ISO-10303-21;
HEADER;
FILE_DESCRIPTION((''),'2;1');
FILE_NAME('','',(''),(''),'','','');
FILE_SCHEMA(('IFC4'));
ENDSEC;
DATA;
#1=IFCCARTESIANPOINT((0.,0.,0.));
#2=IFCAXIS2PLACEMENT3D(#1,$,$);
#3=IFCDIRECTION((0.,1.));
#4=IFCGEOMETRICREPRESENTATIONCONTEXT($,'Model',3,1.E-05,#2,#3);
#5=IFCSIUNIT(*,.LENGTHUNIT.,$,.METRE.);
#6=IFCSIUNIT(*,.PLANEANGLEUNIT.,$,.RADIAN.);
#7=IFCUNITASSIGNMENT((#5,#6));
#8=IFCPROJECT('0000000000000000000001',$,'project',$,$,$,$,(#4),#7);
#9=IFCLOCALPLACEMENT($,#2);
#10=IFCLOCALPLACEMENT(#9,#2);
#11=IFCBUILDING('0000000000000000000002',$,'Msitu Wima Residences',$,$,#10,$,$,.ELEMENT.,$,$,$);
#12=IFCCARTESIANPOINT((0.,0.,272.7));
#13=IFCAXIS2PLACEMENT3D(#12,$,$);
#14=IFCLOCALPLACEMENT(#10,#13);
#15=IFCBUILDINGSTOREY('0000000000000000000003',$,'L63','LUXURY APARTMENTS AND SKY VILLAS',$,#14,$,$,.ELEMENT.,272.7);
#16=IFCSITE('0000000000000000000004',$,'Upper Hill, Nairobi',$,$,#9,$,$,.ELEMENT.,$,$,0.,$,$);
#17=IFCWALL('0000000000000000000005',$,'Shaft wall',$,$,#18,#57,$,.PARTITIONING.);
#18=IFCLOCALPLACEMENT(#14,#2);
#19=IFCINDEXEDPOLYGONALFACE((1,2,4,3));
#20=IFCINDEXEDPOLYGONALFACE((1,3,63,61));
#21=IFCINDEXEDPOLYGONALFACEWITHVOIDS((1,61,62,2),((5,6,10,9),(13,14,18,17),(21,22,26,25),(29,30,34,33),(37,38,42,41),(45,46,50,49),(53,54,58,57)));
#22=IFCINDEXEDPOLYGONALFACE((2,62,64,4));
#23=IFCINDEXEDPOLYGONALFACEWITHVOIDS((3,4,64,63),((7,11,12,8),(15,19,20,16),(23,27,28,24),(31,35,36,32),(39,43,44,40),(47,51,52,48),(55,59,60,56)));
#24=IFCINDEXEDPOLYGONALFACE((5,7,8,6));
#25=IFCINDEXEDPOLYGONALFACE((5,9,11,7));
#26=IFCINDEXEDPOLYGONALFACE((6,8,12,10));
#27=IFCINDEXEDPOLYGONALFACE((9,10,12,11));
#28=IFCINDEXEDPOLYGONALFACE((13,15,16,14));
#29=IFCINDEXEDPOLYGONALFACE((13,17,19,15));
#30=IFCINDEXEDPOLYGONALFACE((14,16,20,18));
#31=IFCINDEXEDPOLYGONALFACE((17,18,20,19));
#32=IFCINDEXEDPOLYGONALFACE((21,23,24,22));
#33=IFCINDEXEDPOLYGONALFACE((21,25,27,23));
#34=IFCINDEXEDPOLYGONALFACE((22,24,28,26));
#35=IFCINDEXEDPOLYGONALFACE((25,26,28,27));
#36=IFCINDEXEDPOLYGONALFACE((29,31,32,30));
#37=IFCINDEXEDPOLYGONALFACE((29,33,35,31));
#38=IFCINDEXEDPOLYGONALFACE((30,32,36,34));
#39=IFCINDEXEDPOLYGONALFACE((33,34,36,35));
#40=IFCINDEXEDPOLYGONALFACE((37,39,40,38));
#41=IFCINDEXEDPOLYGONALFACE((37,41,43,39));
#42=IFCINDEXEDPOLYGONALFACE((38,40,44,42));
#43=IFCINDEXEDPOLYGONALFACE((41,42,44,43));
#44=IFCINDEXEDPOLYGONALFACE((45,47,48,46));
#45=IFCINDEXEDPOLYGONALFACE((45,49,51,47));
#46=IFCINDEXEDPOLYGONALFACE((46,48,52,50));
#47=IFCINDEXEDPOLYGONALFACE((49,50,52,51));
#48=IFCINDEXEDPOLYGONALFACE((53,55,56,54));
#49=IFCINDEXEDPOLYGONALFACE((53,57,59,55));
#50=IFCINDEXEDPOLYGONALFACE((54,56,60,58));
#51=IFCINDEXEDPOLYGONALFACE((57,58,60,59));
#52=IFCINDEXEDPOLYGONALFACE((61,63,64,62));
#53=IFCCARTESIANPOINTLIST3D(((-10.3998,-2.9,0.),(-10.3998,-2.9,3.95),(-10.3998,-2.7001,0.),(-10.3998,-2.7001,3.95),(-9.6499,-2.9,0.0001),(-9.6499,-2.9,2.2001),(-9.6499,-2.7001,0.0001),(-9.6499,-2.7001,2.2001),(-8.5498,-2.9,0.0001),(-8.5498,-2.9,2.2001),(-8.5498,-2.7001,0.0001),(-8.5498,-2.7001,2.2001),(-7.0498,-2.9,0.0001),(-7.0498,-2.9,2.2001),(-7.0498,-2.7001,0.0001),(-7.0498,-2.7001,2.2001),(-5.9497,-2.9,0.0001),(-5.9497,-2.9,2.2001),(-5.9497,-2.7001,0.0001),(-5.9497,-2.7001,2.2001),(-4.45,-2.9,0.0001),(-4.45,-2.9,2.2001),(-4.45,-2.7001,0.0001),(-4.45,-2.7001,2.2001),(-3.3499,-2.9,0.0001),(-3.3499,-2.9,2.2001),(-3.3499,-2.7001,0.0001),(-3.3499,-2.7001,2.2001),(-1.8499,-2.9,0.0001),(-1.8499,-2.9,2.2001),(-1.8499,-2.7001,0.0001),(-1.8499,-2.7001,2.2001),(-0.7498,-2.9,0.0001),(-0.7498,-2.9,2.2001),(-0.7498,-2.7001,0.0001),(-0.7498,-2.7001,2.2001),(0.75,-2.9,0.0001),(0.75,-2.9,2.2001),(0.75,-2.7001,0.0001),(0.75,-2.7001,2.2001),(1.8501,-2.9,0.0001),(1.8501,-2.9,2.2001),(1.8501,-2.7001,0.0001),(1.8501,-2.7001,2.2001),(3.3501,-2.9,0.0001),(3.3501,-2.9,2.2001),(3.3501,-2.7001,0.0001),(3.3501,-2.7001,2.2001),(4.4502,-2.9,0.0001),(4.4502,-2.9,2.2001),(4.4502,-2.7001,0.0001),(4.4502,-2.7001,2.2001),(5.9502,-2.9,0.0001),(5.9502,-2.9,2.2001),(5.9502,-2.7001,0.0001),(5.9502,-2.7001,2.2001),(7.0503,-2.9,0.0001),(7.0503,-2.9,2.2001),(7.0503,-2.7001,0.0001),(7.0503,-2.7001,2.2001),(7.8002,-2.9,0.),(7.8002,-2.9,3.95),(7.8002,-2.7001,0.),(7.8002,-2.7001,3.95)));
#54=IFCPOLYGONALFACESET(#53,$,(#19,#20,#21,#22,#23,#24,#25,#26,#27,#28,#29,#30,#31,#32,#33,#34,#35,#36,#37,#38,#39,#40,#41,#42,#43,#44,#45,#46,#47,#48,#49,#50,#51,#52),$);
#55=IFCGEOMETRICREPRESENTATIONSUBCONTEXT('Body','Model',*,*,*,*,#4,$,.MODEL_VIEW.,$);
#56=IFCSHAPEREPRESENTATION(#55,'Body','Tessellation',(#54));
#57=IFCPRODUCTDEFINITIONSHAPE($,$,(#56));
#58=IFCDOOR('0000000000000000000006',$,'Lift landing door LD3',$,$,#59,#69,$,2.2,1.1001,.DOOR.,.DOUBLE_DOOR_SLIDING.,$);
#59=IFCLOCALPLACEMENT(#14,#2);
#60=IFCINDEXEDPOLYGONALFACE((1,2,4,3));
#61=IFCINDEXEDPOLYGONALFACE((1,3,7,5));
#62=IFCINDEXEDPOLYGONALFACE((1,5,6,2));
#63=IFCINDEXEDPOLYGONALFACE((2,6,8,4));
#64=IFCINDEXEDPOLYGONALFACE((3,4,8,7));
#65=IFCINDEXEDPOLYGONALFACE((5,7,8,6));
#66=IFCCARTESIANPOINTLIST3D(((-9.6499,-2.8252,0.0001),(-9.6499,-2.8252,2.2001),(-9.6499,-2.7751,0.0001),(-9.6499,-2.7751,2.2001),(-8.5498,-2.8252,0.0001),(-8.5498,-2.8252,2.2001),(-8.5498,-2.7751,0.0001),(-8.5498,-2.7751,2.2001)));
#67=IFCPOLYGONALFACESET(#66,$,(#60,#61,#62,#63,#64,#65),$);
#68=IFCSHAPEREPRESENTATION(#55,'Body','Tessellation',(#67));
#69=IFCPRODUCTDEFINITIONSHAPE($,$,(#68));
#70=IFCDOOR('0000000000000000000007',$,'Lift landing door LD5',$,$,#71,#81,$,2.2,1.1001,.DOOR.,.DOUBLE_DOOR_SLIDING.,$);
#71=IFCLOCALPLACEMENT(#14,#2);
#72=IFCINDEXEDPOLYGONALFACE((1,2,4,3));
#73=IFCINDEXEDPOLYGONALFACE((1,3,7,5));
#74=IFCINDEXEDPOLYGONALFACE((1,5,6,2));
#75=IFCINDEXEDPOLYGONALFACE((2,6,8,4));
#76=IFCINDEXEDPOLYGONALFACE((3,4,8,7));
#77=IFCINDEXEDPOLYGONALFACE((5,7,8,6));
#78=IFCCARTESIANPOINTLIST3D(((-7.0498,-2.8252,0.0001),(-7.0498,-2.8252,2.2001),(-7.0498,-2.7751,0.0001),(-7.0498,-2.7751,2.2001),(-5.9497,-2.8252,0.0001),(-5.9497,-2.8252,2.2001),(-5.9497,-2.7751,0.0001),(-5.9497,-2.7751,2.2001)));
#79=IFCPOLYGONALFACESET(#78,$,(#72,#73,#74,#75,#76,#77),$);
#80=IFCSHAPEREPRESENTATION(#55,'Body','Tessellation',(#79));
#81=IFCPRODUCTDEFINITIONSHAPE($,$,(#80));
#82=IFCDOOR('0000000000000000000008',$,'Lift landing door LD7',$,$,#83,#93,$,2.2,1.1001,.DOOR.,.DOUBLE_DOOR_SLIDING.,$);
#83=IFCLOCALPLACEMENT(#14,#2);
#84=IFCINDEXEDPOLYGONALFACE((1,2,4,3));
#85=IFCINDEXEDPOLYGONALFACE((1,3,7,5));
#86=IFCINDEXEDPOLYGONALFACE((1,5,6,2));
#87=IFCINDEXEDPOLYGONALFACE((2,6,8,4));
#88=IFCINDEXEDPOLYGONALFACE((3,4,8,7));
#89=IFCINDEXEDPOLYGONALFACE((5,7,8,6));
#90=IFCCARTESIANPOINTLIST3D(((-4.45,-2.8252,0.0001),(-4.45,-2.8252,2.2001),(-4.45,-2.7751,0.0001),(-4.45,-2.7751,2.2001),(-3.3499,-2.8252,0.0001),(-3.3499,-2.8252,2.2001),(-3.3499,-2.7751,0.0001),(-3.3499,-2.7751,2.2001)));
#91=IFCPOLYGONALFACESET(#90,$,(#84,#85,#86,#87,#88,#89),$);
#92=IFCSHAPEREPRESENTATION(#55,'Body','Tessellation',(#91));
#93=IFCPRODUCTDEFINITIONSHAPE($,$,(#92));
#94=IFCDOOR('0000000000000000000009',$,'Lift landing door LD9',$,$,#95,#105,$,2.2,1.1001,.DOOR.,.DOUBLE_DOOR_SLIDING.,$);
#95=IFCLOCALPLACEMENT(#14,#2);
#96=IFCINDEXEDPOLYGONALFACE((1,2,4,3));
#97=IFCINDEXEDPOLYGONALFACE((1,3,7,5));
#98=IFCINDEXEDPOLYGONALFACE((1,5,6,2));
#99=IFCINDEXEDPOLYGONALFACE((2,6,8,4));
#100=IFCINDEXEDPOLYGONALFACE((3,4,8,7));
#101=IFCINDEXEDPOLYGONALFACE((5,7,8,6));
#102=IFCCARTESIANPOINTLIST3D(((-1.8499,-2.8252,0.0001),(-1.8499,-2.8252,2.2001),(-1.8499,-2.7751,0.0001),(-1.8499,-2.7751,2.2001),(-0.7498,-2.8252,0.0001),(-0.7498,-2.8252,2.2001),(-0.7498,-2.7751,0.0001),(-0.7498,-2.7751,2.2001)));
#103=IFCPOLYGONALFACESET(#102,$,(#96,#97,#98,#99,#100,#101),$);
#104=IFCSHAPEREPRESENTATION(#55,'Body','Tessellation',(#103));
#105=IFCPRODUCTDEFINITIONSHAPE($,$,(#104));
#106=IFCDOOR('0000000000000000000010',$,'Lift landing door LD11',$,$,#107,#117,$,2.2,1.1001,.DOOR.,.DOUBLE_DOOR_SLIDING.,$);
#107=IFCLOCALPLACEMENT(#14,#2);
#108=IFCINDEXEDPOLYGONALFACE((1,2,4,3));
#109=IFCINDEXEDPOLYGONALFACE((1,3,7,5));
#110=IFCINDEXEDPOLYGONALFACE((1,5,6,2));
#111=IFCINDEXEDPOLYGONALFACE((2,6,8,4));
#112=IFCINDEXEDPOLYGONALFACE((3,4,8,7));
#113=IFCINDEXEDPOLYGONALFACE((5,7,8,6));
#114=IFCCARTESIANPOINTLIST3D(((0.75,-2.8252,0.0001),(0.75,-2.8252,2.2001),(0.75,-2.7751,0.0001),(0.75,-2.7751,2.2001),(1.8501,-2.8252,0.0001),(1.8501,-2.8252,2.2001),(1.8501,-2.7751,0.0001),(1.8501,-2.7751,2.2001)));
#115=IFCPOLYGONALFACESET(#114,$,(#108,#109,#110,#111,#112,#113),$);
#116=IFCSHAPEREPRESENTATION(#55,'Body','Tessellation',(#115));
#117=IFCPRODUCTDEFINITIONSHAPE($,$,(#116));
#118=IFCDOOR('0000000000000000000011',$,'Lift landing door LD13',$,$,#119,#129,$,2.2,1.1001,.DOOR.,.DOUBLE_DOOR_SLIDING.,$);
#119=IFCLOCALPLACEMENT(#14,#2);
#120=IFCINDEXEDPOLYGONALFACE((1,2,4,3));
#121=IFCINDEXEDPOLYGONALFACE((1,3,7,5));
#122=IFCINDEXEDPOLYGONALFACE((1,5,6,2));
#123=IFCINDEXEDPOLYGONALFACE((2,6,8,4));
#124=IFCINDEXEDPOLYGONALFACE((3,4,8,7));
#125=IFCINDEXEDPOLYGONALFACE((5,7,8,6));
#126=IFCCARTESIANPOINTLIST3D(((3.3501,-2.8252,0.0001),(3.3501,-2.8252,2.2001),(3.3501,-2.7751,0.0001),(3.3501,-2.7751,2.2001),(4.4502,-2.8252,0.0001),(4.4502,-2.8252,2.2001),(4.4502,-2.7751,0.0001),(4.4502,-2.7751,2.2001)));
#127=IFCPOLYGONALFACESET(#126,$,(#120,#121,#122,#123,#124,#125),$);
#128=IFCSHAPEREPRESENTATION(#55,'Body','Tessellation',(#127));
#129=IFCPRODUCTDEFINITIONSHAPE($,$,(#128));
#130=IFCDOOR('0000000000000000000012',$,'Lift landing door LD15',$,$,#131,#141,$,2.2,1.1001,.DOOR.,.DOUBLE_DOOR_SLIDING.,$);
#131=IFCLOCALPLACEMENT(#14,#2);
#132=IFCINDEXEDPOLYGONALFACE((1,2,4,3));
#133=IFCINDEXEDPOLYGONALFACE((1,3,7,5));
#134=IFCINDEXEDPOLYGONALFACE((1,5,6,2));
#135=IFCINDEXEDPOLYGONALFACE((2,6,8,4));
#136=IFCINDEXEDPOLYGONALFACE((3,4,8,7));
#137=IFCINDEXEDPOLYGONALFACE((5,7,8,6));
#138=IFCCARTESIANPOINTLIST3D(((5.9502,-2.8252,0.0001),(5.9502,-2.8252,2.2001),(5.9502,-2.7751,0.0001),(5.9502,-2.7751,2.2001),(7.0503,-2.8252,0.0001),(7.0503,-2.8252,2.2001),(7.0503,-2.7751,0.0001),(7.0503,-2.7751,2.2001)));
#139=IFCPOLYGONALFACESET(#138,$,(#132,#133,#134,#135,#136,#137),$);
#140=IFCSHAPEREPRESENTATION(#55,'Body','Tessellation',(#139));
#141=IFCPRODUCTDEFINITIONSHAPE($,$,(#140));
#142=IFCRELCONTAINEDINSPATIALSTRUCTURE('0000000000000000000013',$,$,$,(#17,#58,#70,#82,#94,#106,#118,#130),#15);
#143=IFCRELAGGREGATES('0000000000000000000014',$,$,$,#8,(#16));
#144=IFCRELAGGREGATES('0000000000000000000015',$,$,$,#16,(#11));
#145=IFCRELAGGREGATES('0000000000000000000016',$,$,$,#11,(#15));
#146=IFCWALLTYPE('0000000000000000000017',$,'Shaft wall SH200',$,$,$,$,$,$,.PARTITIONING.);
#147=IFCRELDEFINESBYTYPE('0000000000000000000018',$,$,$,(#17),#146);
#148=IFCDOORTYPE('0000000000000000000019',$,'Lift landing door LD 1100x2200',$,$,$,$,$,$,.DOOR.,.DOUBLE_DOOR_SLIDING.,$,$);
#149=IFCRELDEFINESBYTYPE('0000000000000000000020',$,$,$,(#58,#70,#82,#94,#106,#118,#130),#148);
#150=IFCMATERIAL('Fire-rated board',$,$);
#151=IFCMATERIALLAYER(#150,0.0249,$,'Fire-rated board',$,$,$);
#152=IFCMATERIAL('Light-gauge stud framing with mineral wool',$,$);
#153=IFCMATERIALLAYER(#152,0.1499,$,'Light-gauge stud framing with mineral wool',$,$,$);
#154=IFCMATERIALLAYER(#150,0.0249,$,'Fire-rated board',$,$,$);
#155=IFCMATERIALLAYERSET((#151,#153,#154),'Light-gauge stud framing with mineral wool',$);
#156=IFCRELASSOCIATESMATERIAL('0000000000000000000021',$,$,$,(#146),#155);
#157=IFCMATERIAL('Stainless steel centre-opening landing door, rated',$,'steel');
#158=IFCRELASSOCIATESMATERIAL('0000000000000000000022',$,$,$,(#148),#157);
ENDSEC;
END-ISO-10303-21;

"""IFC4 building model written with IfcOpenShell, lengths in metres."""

from ifc_helpers import new_model, si_unit, direction, frame, frame_2d, origin, place, context, subcontext, project, spatial, rectangle, extrude, material, layer, layer_set, type_object, element, fill, save


model = new_model("IFC4")

# Units and contexts
model_context = context("Model", 3, precision=1e-05, world=origin(), true_north=direction((0.0, 1.0)))
body_context = subcontext(model_context, "Body", "Model", "MODEL_VIEW")
ifc_project = project(units=[si_unit("LENGTHUNIT", "METRE"), si_unit("PLANEANGLEUNIT", "RADIAN")], contexts=[model_context])

# Site, building, storey
site_placement = place(None, origin())
site = spatial("IfcSite", under=ifc_project, at=site_placement, Name="Upper Hill, Nairobi", CompositionType="ELEMENT", RefElevation=0.0)
building_placement = place(site_placement, origin())
building = spatial("IfcBuilding", under=site, at=building_placement, Name="Msitu Wima Residences", CompositionType="ELEMENT")
storey_placement = place(building_placement, frame((0.0, 0.0, 272.7)))
storey = spatial("IfcBuildingStorey", under=building, at=storey_placement, Name="L63", Description="LUXURY APARTMENTS AND SKY VILLAS", CompositionType="ELEMENT", Elevation=272.7)

# Shared definitions
ifc_material_1 = material(Name="Fire-rated board")
ifc_layer_1 = layer(ifc_material_1, 0.0249, Name="Fire-rated board")
ifc_material_2 = material(Name="Light-gauge stud framing with mineral wool")
ifc_layer_2 = layer(ifc_material_2, 0.1499, Name="Light-gauge stud framing with mineral wool")
ifc_layer_3 = layer(ifc_material_1, 0.0249, Name="Fire-rated board")
ifc_layer_set_1 = layer_set([ifc_layer_1, ifc_layer_2, ifc_layer_3], Name="Light-gauge stud framing with mineral wool")
wall_type_1 = type_object("IfcWallType", Name="Shaft wall SH200", PredefinedType="PARTITIONING", material=ifc_layer_set_1)

# Wall, openings, doors
wall_1_placement = place(storey_placement, frame((-10.3999, -2.8, 0.0), z_axis=(0.0, 0.0, 1.0), x_axis=(1.0, 0.0, 0.0)))
wall_1 = element("IfcWall", 1, at=wall_1_placement, inside=storey, type_object=wall_type_1, Name="Shaft wall", PredefinedType="PARTITIONING", context=body_context, shape_type="SweptSolid", body=[
    extrude(rectangle(XDim=18.2, YDim=0.2, at=frame_2d((9.1001, 0.0))), origin(), (0.0, 0.0, 1.0), 3.95),
])
opening_1_placement = place(wall_1_placement, frame((0.75, 0.0, 0.0)))
opening_1 = element("IfcOpeningElement", 2, at=opening_1_placement, cuts=wall_1, PredefinedType="OPENING", context=body_context, shape_type="SweptSolid", body=[
    extrude(rectangle(XDim=1.1001, YDim=2.2, at=frame_2d((0.55, 1.1001))), frame((0.0, 0.1099, 0.0), z_axis=(0.0, -1.0, 0.0), x_axis=(1.0, 0.0, 0.0)), (0.0, 0.0, 1.0), 0.22),
])
opening_2_placement = place(wall_1_placement, frame((3.3501, 0.0, 0.0)))
opening_2 = element("IfcOpeningElement", 3, at=opening_2_placement, cuts=wall_1, PredefinedType="OPENING", context=body_context, shape_type="SweptSolid", body=[
    extrude(rectangle(XDim=1.1001, YDim=2.2, at=frame_2d((0.55, 1.1001))), frame((0.0, 0.1099, 0.0), z_axis=(0.0, -1.0, 0.0), x_axis=(1.0, 0.0, 0.0)), (0.0, 0.0, 1.0), 0.22),
])
opening_3_placement = place(wall_1_placement, frame((5.95, 0.0, 0.0)))
opening_3 = element("IfcOpeningElement", 4, at=opening_3_placement, cuts=wall_1, PredefinedType="OPENING", context=body_context, shape_type="SweptSolid", body=[
    extrude(rectangle(XDim=1.1001, YDim=2.2, at=frame_2d((0.55, 1.1001))), frame((0.0, 0.1099, 0.0), z_axis=(0.0, -1.0, 0.0), x_axis=(1.0, 0.0, 0.0)), (0.0, 0.0, 1.0), 0.22),
])
opening_4_placement = place(wall_1_placement, frame((8.55, 0.0, 0.0)))
opening_4 = element("IfcOpeningElement", 5, at=opening_4_placement, cuts=wall_1, PredefinedType="OPENING", context=body_context, shape_type="SweptSolid", body=[
    extrude(rectangle(XDim=1.1001, YDim=2.2, at=frame_2d((0.55, 1.1001))), frame((0.0, 0.1099, 0.0), z_axis=(0.0, -1.0, 0.0), x_axis=(1.0, 0.0, 0.0)), (0.0, 0.0, 1.0), 0.22),
])
opening_5_placement = place(wall_1_placement, frame((11.1499, 0.0, 0.0)))
opening_5 = element("IfcOpeningElement", 6, at=opening_5_placement, cuts=wall_1, PredefinedType="OPENING", context=body_context, shape_type="SweptSolid", body=[
    extrude(rectangle(XDim=1.1001, YDim=2.2, at=frame_2d((0.55, 1.1001))), frame((0.0, 0.1099, 0.0), z_axis=(0.0, -1.0, 0.0), x_axis=(1.0, 0.0, 0.0)), (0.0, 0.0, 1.0), 0.22),
])
opening_6_placement = place(wall_1_placement, frame((13.75, 0.0, 0.0)))
opening_6 = element("IfcOpeningElement", 7, at=opening_6_placement, cuts=wall_1, PredefinedType="OPENING", context=body_context, shape_type="SweptSolid", body=[
    extrude(rectangle(XDim=1.1001, YDim=2.2, at=frame_2d((0.55, 1.1001))), frame((0.0, 0.1099, 0.0), z_axis=(0.0, -1.0, 0.0), x_axis=(1.0, 0.0, 0.0)), (0.0, 0.0, 1.0), 0.22),
])
opening_7_placement = place(wall_1_placement, frame((16.3501, 0.0, 0.0)))
opening_7 = element("IfcOpeningElement", 8, at=opening_7_placement, cuts=wall_1, PredefinedType="OPENING", context=body_context, shape_type="SweptSolid", body=[
    extrude(rectangle(XDim=1.1001, YDim=2.2, at=frame_2d((0.55, 1.1001))), frame((0.0, 0.1099, 0.0), z_axis=(0.0, -1.0, 0.0), x_axis=(1.0, 0.0, 0.0)), (0.0, 0.0, 1.0), 0.22),
])
ifc_material_3 = material(Name="Stainless steel centre-opening landing door, rated", Category="steel")
door_type_1 = type_object("IfcDoorType", Name="Lift landing door LD 1100x2200", OperationType="DOUBLE_DOOR_SLIDING", PredefinedType="DOOR", material=ifc_material_3)
door_1_placement = place(opening_1_placement, origin())
door_1 = element("IfcDoor", 9, at=door_1_placement, inside=storey, type_object=door_type_1, Name="Lift landing door LD3", OperationType="DOUBLE_DOOR_SLIDING", OverallHeight=2.2, OverallWidth=1.1001, PredefinedType="DOOR", context=body_context, shape_type="SweptSolid", body=[
    extrude(rectangle(XDim=1.1001, YDim=2.2, at=frame_2d((0.55, 1.1001))), frame((0.0, 0.0249, 0.0), z_axis=(0.0, -1.0, 0.0), x_axis=(1.0, 0.0, 0.0)), (0.0, 0.0, 1.0), 0.05),
])
fill(opening_1, door_1)
door_2_placement = place(opening_2_placement, origin())
door_2 = element("IfcDoor", 10, at=door_2_placement, inside=storey, type_object=door_type_1, Name="Lift landing door LD5", OperationType="DOUBLE_DOOR_SLIDING", OverallHeight=2.2, OverallWidth=1.1001, PredefinedType="DOOR", context=body_context, shape_type="SweptSolid", body=[
    extrude(rectangle(XDim=1.1001, YDim=2.2, at=frame_2d((0.55, 1.1001))), frame((0.0, 0.0249, 0.0), z_axis=(0.0, -1.0, 0.0), x_axis=(1.0, 0.0, 0.0)), (0.0, 0.0, 1.0), 0.05),
])
fill(opening_2, door_2)
door_3_placement = place(opening_3_placement, origin())
door_3 = element("IfcDoor", 11, at=door_3_placement, inside=storey, type_object=door_type_1, Name="Lift landing door LD7", OperationType="DOUBLE_DOOR_SLIDING", OverallHeight=2.2, OverallWidth=1.1001, PredefinedType="DOOR", context=body_context, shape_type="SweptSolid", body=[
    extrude(rectangle(XDim=1.1001, YDim=2.2, at=frame_2d((0.55, 1.1001))), frame((0.0, 0.0249, 0.0), z_axis=(0.0, -1.0, 0.0), x_axis=(1.0, 0.0, 0.0)), (0.0, 0.0, 1.0), 0.05),
])
fill(opening_3, door_3)
door_4_placement = place(opening_4_placement, origin())
door_4 = element("IfcDoor", 12, at=door_4_placement, inside=storey, type_object=door_type_1, Name="Lift landing door LD9", OperationType="DOUBLE_DOOR_SLIDING", OverallHeight=2.2, OverallWidth=1.1001, PredefinedType="DOOR", context=body_context, shape_type="SweptSolid", body=[
    extrude(rectangle(XDim=1.1001, YDim=2.2, at=frame_2d((0.55, 1.1001))), frame((0.0, 0.0249, 0.0), z_axis=(0.0, -1.0, 0.0), x_axis=(1.0, 0.0, 0.0)), (0.0, 0.0, 1.0), 0.05),
])
fill(opening_4, door_4)
door_5_placement = place(opening_5_placement, origin())
door_5 = element("IfcDoor", 13, at=door_5_placement, inside=storey, type_object=door_type_1, Name="Lift landing door LD11", OperationType="DOUBLE_DOOR_SLIDING", OverallHeight=2.2, OverallWidth=1.1001, PredefinedType="DOOR", context=body_context, shape_type="SweptSolid", body=[
    extrude(rectangle(XDim=1.1001, YDim=2.2, at=frame_2d((0.55, 1.1001))), frame((0.0, 0.0249, 0.0), z_axis=(0.0, -1.0, 0.0), x_axis=(1.0, 0.0, 0.0)), (0.0, 0.0, 1.0), 0.05),
])
fill(opening_5, door_5)
door_6_placement = place(opening_6_placement, origin())
door_6 = element("IfcDoor", 14, at=door_6_placement, inside=storey, type_object=door_type_1, Name="Lift landing door LD13", OperationType="DOUBLE_DOOR_SLIDING", OverallHeight=2.2, OverallWidth=1.1001, PredefinedType="DOOR", context=body_context, shape_type="SweptSolid", body=[
    extrude(rectangle(XDim=1.1001, YDim=2.2, at=frame_2d((0.55, 1.1001))), frame((0.0, 0.0249, 0.0), z_axis=(0.0, -1.0, 0.0), x_axis=(1.0, 0.0, 0.0)), (0.0, 0.0, 1.0), 0.05),
])
fill(opening_6, door_6)
door_7_placement = place(opening_7_placement, origin())
door_7 = element("IfcDoor", 15, at=door_7_placement, inside=storey, type_object=door_type_1, Name="Lift landing door LD15", OperationType="DOUBLE_DOOR_SLIDING", OverallHeight=2.2, OverallWidth=1.1001, PredefinedType="DOOR", context=body_context, shape_type="SweptSolid", body=[
    extrude(rectangle(XDim=1.1001, YDim=2.2, at=frame_2d((0.55, 1.1001))), frame((0.0, 0.0249, 0.0), z_axis=(0.0, -1.0, 0.0), x_axis=(1.0, 0.0, 0.0)), (0.0, 0.0, 1.0), 0.05),
])
fill(opening_7, door_7)

save(model, "model.ifc")
